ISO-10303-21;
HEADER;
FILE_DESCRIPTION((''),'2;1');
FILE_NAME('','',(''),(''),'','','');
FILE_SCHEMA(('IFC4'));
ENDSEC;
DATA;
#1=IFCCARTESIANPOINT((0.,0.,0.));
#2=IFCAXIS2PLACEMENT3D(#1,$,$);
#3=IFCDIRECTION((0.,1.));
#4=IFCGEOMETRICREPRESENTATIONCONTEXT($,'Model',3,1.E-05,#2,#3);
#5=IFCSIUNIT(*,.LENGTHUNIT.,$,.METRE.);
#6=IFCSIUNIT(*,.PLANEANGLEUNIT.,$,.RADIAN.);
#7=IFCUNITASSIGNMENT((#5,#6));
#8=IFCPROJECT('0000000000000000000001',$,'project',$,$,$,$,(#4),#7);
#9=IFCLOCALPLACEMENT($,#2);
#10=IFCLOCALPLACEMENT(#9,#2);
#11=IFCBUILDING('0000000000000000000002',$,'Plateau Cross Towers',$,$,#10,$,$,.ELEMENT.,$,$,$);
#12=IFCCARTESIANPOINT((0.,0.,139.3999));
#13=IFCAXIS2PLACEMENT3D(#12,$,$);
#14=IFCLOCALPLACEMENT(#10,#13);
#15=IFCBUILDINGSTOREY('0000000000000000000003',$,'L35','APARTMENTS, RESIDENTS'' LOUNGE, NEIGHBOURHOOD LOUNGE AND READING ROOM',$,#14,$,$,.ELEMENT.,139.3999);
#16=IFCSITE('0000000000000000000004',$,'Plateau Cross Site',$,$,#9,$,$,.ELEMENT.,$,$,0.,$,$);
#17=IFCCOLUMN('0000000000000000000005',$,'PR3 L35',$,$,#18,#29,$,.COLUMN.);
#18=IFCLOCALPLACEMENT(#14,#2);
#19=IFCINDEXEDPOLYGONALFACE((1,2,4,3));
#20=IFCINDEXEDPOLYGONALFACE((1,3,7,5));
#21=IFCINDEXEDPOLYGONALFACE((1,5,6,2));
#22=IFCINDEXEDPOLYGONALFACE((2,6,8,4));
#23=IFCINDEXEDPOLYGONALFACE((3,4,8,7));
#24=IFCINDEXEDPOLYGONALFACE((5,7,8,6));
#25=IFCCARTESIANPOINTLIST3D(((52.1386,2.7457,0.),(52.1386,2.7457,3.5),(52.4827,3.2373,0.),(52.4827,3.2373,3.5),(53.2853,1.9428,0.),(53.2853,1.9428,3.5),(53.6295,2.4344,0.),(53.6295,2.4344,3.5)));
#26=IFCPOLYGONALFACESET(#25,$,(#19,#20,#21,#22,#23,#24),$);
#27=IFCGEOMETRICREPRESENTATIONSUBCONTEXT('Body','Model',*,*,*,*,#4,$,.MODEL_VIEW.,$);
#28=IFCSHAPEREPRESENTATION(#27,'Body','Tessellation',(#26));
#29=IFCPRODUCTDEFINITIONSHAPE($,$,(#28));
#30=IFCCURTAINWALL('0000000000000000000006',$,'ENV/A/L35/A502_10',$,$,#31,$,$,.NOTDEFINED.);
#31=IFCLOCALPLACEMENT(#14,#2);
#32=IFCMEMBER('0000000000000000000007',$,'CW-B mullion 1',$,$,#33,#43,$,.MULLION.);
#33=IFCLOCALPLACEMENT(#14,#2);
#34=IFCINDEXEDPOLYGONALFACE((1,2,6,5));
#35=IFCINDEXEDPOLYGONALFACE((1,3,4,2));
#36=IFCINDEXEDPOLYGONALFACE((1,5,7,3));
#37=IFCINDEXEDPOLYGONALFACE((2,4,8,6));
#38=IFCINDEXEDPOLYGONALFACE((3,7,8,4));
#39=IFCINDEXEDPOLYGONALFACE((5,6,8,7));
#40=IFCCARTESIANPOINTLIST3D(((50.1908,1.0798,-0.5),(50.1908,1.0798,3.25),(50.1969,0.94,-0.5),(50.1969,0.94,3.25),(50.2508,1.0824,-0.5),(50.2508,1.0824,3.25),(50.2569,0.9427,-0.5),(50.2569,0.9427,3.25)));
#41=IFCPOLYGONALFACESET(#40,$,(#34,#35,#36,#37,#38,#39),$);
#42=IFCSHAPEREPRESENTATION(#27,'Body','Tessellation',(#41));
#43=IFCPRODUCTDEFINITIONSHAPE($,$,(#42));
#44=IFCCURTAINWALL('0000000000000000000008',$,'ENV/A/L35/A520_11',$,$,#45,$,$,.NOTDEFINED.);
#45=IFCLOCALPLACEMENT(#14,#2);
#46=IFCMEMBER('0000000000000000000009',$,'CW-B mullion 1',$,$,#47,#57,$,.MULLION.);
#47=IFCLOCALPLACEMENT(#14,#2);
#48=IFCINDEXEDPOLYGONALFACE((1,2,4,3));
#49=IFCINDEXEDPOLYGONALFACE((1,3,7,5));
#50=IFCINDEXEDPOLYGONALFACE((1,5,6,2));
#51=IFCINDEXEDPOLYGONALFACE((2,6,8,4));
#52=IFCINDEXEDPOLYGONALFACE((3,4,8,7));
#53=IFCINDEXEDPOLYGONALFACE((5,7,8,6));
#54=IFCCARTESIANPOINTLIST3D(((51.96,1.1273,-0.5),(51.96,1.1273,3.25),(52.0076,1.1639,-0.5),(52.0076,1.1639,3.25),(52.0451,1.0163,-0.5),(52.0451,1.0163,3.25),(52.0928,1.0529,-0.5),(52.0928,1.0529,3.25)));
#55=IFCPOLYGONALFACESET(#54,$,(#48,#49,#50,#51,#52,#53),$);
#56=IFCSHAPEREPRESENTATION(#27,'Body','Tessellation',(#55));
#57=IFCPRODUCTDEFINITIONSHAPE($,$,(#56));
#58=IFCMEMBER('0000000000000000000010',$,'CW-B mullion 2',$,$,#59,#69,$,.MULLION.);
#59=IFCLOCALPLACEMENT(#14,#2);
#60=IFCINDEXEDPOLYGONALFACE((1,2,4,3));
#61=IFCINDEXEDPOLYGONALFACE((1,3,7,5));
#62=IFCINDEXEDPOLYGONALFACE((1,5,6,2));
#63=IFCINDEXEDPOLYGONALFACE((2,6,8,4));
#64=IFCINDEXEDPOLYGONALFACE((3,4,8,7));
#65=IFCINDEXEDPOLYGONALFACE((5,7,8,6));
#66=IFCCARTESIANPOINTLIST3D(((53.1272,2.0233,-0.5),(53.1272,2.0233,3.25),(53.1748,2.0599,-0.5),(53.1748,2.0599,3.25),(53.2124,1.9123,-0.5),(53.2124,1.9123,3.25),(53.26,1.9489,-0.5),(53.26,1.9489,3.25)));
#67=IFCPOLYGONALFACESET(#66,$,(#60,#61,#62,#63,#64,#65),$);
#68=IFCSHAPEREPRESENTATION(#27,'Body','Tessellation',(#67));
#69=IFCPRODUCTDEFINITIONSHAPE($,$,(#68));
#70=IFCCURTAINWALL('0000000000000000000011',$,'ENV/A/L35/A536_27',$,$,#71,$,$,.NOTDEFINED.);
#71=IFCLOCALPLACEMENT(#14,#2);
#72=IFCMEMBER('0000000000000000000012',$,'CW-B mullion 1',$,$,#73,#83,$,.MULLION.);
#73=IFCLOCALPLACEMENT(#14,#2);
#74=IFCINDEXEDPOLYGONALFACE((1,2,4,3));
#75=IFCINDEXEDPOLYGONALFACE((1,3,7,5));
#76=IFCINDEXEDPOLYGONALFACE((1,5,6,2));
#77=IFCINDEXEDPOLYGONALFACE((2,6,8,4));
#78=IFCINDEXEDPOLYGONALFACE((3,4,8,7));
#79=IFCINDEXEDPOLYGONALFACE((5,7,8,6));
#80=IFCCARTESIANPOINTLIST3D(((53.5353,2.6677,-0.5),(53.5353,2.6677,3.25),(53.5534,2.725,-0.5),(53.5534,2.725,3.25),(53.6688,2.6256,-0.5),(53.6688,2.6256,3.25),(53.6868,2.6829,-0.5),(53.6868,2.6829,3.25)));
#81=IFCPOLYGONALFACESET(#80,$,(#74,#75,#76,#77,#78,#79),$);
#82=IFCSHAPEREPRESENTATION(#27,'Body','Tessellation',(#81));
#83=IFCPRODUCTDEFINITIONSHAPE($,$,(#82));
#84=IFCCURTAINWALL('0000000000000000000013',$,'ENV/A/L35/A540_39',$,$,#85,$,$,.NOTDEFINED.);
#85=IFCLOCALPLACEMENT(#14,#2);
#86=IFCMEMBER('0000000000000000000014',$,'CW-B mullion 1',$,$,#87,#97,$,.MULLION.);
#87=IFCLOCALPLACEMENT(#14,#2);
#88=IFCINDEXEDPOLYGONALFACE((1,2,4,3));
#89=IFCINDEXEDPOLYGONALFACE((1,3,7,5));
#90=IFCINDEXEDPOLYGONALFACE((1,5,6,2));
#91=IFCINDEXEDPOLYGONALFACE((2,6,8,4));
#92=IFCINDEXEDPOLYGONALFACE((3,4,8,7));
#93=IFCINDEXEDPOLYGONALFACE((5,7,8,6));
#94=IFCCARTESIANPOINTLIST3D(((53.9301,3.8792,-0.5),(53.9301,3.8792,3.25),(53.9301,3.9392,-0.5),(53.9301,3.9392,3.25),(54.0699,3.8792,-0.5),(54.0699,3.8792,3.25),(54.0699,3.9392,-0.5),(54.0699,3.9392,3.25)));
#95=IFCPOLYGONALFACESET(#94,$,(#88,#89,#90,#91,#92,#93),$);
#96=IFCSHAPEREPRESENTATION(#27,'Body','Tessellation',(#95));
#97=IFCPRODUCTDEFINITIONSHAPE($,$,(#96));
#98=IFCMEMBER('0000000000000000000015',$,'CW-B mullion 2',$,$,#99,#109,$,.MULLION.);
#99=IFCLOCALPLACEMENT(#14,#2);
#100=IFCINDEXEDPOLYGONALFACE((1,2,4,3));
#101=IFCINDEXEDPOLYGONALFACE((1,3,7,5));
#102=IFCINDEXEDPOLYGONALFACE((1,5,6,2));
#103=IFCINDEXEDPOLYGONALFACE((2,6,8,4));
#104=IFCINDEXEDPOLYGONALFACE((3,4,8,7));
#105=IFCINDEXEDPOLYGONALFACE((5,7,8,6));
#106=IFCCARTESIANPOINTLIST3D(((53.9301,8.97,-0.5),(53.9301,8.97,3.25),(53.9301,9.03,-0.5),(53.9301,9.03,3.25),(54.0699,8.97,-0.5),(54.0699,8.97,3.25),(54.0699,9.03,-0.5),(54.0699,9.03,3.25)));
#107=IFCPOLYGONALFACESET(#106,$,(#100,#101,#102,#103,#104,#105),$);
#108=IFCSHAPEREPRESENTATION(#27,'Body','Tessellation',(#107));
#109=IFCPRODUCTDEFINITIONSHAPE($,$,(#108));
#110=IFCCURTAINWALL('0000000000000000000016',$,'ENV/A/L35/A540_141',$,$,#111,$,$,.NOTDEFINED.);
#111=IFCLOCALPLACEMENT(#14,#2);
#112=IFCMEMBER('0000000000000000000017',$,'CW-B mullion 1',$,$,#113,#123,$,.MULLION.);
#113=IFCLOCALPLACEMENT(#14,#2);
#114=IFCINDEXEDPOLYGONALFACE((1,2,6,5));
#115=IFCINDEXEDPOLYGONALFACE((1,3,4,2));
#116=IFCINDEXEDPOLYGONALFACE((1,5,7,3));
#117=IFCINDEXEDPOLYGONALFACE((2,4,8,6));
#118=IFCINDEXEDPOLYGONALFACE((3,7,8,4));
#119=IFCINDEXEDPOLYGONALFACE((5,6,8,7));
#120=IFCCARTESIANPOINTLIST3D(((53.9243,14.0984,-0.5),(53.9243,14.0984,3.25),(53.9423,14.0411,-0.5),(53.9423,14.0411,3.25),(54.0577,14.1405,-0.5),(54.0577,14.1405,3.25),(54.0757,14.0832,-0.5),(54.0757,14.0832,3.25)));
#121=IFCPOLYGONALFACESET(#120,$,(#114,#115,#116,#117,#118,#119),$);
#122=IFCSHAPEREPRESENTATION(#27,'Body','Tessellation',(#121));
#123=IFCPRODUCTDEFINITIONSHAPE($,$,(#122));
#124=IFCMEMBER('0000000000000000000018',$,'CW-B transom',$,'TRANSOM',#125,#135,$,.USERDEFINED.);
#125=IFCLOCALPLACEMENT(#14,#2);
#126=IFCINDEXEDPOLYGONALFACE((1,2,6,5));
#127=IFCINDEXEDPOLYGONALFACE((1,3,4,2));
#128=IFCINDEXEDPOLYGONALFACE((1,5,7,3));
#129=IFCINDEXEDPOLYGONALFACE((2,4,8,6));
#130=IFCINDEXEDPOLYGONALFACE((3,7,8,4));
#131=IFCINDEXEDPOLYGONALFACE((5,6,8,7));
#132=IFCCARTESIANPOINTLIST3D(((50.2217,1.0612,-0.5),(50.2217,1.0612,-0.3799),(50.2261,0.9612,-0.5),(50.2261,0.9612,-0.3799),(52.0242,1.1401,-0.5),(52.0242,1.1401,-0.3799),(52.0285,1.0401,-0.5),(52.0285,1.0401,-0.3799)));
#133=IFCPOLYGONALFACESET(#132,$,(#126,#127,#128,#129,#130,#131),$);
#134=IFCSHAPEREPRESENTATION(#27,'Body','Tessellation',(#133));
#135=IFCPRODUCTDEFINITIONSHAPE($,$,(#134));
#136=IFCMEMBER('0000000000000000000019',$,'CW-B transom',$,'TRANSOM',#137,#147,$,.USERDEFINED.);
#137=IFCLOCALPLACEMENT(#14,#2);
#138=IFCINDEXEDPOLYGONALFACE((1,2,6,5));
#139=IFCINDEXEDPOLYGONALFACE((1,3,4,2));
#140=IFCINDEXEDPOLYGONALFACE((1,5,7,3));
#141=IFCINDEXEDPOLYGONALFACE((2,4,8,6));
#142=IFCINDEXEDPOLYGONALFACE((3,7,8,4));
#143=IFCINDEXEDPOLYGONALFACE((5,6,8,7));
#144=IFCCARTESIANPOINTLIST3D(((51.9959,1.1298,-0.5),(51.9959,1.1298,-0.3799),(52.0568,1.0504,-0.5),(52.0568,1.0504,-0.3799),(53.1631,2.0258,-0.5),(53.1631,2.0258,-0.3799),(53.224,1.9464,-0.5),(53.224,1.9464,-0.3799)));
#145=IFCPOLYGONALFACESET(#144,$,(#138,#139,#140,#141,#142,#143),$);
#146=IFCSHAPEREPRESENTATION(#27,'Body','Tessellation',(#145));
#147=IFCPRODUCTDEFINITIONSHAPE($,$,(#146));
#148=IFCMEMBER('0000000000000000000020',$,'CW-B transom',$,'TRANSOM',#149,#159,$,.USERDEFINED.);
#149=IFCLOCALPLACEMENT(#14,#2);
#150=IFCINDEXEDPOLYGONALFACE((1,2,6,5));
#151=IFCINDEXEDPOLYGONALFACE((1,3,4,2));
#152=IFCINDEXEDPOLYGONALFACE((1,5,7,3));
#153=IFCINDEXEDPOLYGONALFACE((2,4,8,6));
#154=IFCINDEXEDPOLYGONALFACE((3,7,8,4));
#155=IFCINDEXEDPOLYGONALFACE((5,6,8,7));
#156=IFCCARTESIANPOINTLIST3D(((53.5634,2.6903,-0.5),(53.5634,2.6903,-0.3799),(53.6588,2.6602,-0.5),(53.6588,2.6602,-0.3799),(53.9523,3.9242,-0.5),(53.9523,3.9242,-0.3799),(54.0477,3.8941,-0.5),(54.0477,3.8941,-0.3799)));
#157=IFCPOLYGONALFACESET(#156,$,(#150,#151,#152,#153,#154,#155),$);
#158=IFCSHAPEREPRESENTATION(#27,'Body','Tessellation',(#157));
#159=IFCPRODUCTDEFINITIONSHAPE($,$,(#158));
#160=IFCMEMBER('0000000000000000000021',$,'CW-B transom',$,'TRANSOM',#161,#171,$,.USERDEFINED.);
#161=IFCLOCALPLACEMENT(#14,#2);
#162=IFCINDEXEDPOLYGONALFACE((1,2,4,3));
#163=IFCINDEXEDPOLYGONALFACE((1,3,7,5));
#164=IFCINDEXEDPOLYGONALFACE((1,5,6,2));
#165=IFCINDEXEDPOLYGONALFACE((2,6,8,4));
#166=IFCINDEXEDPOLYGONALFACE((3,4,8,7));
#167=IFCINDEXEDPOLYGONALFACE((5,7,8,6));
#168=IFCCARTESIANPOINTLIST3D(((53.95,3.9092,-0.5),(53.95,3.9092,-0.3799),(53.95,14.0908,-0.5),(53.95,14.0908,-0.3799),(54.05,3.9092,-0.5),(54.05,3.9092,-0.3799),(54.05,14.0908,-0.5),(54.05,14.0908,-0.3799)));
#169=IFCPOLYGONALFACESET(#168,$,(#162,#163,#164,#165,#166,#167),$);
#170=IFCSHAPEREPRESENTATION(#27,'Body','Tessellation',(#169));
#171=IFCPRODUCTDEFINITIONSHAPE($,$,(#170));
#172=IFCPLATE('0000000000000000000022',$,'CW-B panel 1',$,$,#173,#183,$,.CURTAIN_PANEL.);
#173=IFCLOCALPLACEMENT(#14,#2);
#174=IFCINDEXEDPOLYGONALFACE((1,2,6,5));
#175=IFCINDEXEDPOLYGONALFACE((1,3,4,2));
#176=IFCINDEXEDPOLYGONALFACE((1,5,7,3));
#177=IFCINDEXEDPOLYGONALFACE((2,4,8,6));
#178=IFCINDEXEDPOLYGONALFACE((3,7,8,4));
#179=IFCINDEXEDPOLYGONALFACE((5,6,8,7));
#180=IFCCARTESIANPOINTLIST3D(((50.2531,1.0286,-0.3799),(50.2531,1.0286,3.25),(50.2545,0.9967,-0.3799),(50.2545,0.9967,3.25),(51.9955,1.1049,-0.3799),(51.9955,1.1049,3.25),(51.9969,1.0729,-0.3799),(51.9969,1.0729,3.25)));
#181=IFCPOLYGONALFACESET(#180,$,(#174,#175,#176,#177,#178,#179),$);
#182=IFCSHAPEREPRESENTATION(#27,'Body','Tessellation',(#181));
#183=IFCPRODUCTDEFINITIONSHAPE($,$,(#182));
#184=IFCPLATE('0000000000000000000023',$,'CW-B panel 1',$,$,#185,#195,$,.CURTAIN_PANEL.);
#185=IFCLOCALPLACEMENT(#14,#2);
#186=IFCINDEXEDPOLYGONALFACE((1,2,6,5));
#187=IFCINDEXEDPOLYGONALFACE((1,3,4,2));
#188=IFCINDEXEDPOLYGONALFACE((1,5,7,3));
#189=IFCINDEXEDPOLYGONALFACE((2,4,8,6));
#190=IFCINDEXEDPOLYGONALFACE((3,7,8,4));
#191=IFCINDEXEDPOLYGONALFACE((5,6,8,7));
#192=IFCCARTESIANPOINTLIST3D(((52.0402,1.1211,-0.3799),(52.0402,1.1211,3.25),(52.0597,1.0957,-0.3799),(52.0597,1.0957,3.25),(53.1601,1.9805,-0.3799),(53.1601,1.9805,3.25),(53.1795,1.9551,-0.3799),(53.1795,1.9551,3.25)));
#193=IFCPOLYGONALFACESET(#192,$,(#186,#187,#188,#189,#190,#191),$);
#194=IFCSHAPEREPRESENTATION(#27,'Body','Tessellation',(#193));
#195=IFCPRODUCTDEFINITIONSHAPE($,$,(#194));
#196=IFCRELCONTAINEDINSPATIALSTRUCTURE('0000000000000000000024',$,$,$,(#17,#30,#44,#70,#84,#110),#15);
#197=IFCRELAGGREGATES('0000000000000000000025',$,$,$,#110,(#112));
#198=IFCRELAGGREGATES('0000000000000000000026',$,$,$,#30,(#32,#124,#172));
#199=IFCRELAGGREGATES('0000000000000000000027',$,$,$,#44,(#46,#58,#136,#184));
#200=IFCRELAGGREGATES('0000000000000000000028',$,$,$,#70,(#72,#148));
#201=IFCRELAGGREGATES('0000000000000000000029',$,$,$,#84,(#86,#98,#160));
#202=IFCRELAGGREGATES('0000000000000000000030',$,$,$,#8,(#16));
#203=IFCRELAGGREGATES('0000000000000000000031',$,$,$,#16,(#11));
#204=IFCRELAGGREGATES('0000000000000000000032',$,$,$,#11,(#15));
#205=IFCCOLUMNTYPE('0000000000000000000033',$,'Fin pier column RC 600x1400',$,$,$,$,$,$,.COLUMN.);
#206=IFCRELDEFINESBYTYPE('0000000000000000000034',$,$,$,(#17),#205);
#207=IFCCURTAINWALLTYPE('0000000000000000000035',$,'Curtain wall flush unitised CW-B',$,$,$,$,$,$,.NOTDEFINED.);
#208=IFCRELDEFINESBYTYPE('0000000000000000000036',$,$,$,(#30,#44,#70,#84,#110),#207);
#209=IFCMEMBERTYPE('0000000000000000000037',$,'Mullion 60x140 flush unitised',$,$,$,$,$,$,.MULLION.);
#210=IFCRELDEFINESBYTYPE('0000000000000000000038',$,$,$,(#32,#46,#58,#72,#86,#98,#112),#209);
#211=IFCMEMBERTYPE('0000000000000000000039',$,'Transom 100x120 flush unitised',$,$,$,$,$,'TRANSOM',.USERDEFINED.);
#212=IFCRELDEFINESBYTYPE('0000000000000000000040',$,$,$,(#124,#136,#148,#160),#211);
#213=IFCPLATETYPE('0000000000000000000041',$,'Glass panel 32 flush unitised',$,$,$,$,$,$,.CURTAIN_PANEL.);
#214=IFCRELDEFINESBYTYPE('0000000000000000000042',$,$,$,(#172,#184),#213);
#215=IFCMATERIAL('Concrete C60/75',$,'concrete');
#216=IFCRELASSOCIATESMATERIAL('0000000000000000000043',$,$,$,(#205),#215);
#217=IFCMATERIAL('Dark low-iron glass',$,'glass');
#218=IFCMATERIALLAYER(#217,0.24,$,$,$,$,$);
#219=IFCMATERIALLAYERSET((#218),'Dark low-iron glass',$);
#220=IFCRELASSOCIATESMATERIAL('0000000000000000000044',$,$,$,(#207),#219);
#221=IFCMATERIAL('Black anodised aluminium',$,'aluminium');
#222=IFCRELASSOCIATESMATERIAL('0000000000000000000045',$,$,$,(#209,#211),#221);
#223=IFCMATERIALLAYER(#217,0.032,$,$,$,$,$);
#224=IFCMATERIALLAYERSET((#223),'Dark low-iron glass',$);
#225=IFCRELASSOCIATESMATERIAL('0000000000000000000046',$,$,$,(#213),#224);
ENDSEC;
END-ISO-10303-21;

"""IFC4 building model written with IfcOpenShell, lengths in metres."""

from ifc_helpers import new_model, si_unit, direction, frame, origin, origin_2d, place, context, subcontext, project, spatial, rectangle, extrude, material, layer, layer_set, material_profile, profile_set, type_object, element, aggregate, save


model = new_model("IFC4")

# Units and contexts
model_context = context("Model", 3, precision=1e-05, world=origin(), true_north=direction((0.0, 1.0)))
body_context = subcontext(model_context, "Body", "Model", "MODEL_VIEW")
ifc_project = project(units=[si_unit("LENGTHUNIT", "METRE"), si_unit("PLANEANGLEUNIT", "RADIAN")], contexts=[model_context])

# Site, building, storey
site_placement = place(None, origin())
site = spatial("IfcSite", under=ifc_project, at=site_placement, Name="Plateau Cross Site", CompositionType="ELEMENT", RefElevation=0.0)
building_placement = place(site_placement, origin())
building = spatial("IfcBuilding", under=site, at=building_placement, Name="Plateau Cross Towers", CompositionType="ELEMENT")
storey_placement = place(building_placement, frame((0.0, 0.0, 139.3999)))
storey = spatial("IfcBuildingStorey", under=building, at=storey_placement, Name="L35", Description="APARTMENTS, RESIDENTS' LOUNGE, NEIGHBOURHOOD LOUNGE AND READING ROOM", CompositionType="ELEMENT", Elevation=139.3999)

# Column
ifc_material_1 = material(Name="Concrete C60/75", Category="concrete")
ifc_material_profile_1 = material_profile(ifc_material_1, rectangle(XDim=0.6001, YDim=1.3999, at=origin_2d()), Name="RC 600x1400")
ifc_profile_set_1 = profile_set([ifc_material_profile_1], Name="Concrete C60/75")
column_type = type_object("IfcColumnType", Name="Fin pier column RC 600x1400", PredefinedType="COLUMN", material=ifc_profile_set_1)
column_placement = place(storey_placement, frame((52.884, 2.5901, 0.0), z_axis=(0.0, 0.0, 1.0), x_axis=(0.573543, 0.819176, 0.0)))
element("IfcColumn", 1, at=column_placement, inside=storey, type_object=column_type, Name="PR3 L35", PredefinedType="COLUMN", context=body_context, shape_type="SweptSolid", body=[
    extrude(rectangle(XDim=0.6001, YDim=1.3999, at=origin_2d()), origin(), (0.0, 0.0, 1.0), 3.5),
])

# Curtain wall, member
ifc_material_2 = material(Name="Dark low-iron glass", Category="glass")
ifc_layer_1 = layer(ifc_material_2, 0.24)
ifc_layer_set_1 = layer_set([ifc_layer_1], Name="Dark low-iron glass")
curtain_wall_type_1 = type_object("IfcCurtainWallType", Name="Curtain wall flush unitised CW-B", PredefinedType="NOTDEFINED", material=ifc_layer_set_1)
curtain_wall_1_placement = place(storey_placement, origin())
curtain_wall_1 = element("IfcCurtainWall", 2, at=curtain_wall_1_placement, inside=storey, type_object=curtain_wall_type_1, Name="ENV/A/L35/A502_10", PredefinedType="NOTDEFINED")
ifc_material_3 = material(Name="Black anodised aluminium", Category="aluminium")
ifc_material_profile_2 = material_profile(ifc_material_3, rectangle(XDim=0.0601, YDim=0.1399, at=origin_2d()), Name="MULLION 60x140")
ifc_profile_set_2 = profile_set([ifc_material_profile_2], Name="Black anodised aluminium")
member_type_1 = type_object("IfcMemberType", Name="Mullion 60x140 flush unitised", PredefinedType="MULLION", material=ifc_profile_set_2)
member_1_placement = place(storey_placement, frame((50.2239, 1.0112, -0.5), z_axis=(0.0, 0.0, 1.0), x_axis=(0.999044, 0.043723, 0.0)))
member_1 = element("IfcMember", 3, at=member_1_placement, type_object=member_type_1, Name="CW-B mullion 1", PredefinedType="MULLION", context=body_context, shape_type="SweptSolid", body=[
    extrude(rectangle(XDim=0.0601, YDim=0.1399, at=origin_2d()), origin(), (0.0, 0.0, 1.0), 3.75),
])

# Curtain wall, members
curtain_wall_2_placement = place(storey_placement, origin())
curtain_wall_2 = element("IfcCurtainWall", 4, at=curtain_wall_2_placement, inside=storey, type_object=curtain_wall_type_1, Name="ENV/A/L35/A520_11", PredefinedType="NOTDEFINED")
member_2_placement = place(storey_placement, frame((52.0264, 1.0901, -0.5), z_axis=(0.0, 0.0, 1.0), x_axis=(0.793316, 0.608811, 0.0)))
member_2 = element("IfcMember", 5, at=member_2_placement, type_object=member_type_1, Name="CW-B mullion 1", PredefinedType="MULLION", context=body_context, shape_type="SweptSolid", body=[
    extrude(rectangle(XDim=0.0601, YDim=0.1399, at=origin_2d()), origin(), (0.0, 0.0, 1.0), 3.75),
])
member_3_placement = place(storey_placement, frame((53.1936, 1.9861, -0.5), z_axis=(0.0, 0.0, 1.0), x_axis=(0.793316, 0.608811, 0.0)))
member_3 = element("IfcMember", 6, at=member_3_placement, type_object=member_type_1, Name="CW-B mullion 2", PredefinedType="MULLION", context=body_context, shape_type="SweptSolid", body=[
    extrude(rectangle(XDim=0.0601, YDim=0.1399, at=origin_2d()), origin(), (0.0, 0.0, 1.0), 3.75),
])

# Curtain wall, member
curtain_wall_3_placement = place(storey_placement, origin())
curtain_wall_3 = element("IfcCurtainWall", 7, at=curtain_wall_3_placement, inside=storey, type_object=curtain_wall_type_1, Name="ENV/A/L35/A536_27", PredefinedType="NOTDEFINED")
member_4_placement = place(storey_placement, frame((53.6111, 2.6753, -0.5), z_axis=(0.0, 0.0, 1.0), x_axis=(0.300686, 0.953723, 0.0)))
member_4 = element("IfcMember", 8, at=member_4_placement, type_object=member_type_1, Name="CW-B mullion 1", PredefinedType="MULLION", context=body_context, shape_type="SweptSolid", body=[
    extrude(rectangle(XDim=0.0601, YDim=0.1399, at=origin_2d()), origin(), (0.0, 0.0, 1.0), 3.75),
])

# Curtain wall, members
curtain_wall_4_placement = place(storey_placement, origin())
curtain_wall_4 = element("IfcCurtainWall", 9, at=curtain_wall_4_placement, inside=storey, type_object=curtain_wall_type_1, Name="ENV/A/L35/A540_39", PredefinedType="NOTDEFINED")
member_5_placement = place(storey_placement, frame((54.0, 3.9092, -0.5), z_axis=(0.0, 0.0, 1.0), x_axis=(0.0, 1.0, 0.0)))
member_5 = element("IfcMember", 10, at=member_5_placement, type_object=member_type_1, Name="CW-B mullion 1", PredefinedType="MULLION", context=body_context, shape_type="SweptSolid", body=[
    extrude(rectangle(XDim=0.0601, YDim=0.1399, at=origin_2d()), origin(), (0.0, 0.0, 1.0), 3.75),
])
member_6_placement = place(storey_placement, frame((54.0, 9.0, -0.5), z_axis=(0.0, 0.0, 1.0), x_axis=(0.0, 1.0, 0.0)))
member_6 = element("IfcMember", 11, at=member_6_placement, type_object=member_type_1, Name="CW-B mullion 2", PredefinedType="MULLION", context=body_context, shape_type="SweptSolid", body=[
    extrude(rectangle(XDim=0.0601, YDim=0.1399, at=origin_2d()), origin(), (0.0, 0.0, 1.0), 3.75),
])

# Curtain wall, member
curtain_wall_5_placement = place(storey_placement, origin())
curtain_wall_5 = element("IfcCurtainWall", 12, at=curtain_wall_5_placement, inside=storey, type_object=curtain_wall_type_1, Name="ENV/A/L35/A540_141", PredefinedType="NOTDEFINED")
member_7_placement = place(storey_placement, frame((54.0, 14.0908, -0.5), z_axis=(0.0, 0.0, 1.0), x_axis=(-0.300686, 0.953723, 0.0)))
member_7 = element("IfcMember", 13, at=member_7_placement, type_object=member_type_1, Name="CW-B mullion 1", PredefinedType="MULLION", context=body_context, shape_type="SweptSolid", body=[
    extrude(rectangle(XDim=0.0601, YDim=0.1399, at=origin_2d()), origin(), (0.0, 0.0, 1.0), 3.75),
])
aggregate(curtain_wall_5, [member_7])

# Members
ifc_material_profile_3 = material_profile(ifc_material_3, rectangle(XDim=0.1001, YDim=0.1201, at=origin_2d()), Name="TRANSOM 100x120")
ifc_profile_set_3 = profile_set([ifc_material_profile_3], Name="Black anodised aluminium")
member_type_2 = type_object("IfcMemberType", Name="Transom 100x120 flush unitised", ElementType="TRANSOM", PredefinedType="USERDEFINED", material=ifc_profile_set_3)
member_8_placement = place(storey_placement, frame((50.2239, 1.0112, -0.4399), z_axis=(0.999044, 0.043707, 0.0), x_axis=(-0.043707, 0.999044, 0.0)))
member_8 = element("IfcMember", 14, at=member_8_placement, type_object=member_type_2, Name="CW-B transom", ObjectType="TRANSOM", PredefinedType="USERDEFINED", context=body_context, shape_type="SweptSolid", body=[
    extrude(rectangle(XDim=0.1001, YDim=0.1201, at=origin_2d()), origin(), (0.0, 0.0, 1.0), 1.8042),
])
member_9_placement = place(storey_placement, frame((52.0264, 1.0901, -0.4399), z_axis=(0.79324, 0.608909, 0.0), x_axis=(-0.608909, 0.79324, 0.0)))
member_9 = element("IfcMember", 15, at=member_9_placement, type_object=member_type_2, Name="CW-B transom", ObjectType="TRANSOM", PredefinedType="USERDEFINED", context=body_context, shape_type="SweptSolid", body=[
    extrude(rectangle(XDim=0.1001, YDim=0.1201, at=origin_2d()), origin(), (0.0, 0.0, 1.0), 1.4714),
])
member_10_placement = place(storey_placement, frame((53.6111, 2.6753, -0.4399), z_axis=(0.300617, 0.953745, 0.0), x_axis=(-0.953745, 0.300617, 0.0)))
member_10 = element("IfcMember", 16, at=member_10_placement, type_object=member_type_2, Name="CW-B transom", ObjectType="TRANSOM", PredefinedType="USERDEFINED", context=body_context, shape_type="SweptSolid", body=[
    extrude(rectangle(XDim=0.1001, YDim=0.1201, at=origin_2d()), origin(), (0.0, 0.0, 1.0), 1.2937),
])
member_11_placement = place(storey_placement, frame((54.0, 3.9092, -0.4399), z_axis=(0.0, 1.0, 0.0), x_axis=(-1.0, 0.0, 0.0)))
member_11 = element("IfcMember", 17, at=member_11_placement, type_object=member_type_2, Name="CW-B transom", ObjectType="TRANSOM", PredefinedType="USERDEFINED", context=body_context, shape_type="SweptSolid", body=[
    extrude(rectangle(XDim=0.1001, YDim=0.1201, at=origin_2d()), origin(), (0.0, 0.0, 1.0), 10.1816),
])

# Plates
ifc_layer_2 = layer(ifc_material_2, 0.032)
ifc_layer_set_2 = layer_set([ifc_layer_2], Name="Dark low-iron glass")
plate_type_1 = type_object("IfcPlateType", Name="Glass panel 32 flush unitised", PredefinedType="CURTAIN_PANEL", material=ifc_layer_set_2)
plate_1_placement = place(storey_placement, frame((51.125, 1.0508, -0.3799), z_axis=(0.0, 0.0, 1.0), x_axis=(0.999044, 0.043723, 0.0)))
plate_1 = element("IfcPlate", 18, at=plate_1_placement, type_object=plate_type_1, Name="CW-B panel 1", PredefinedType="CURTAIN_PANEL", context=body_context, shape_type="SweptSolid", body=[
    extrude(rectangle(XDim=1.7441, YDim=0.032, at=origin_2d()), origin(), (0.0, 0.0, 1.0), 3.6299),
])
aggregate(curtain_wall_1, [member_1, member_8, plate_1])
plate_2_placement = place(storey_placement, frame((52.6099, 1.5381, -0.3799), z_axis=(0.0, 0.0, 1.0), x_axis=(0.793316, 0.608811, 0.0)))
plate_2 = element("IfcPlate", 19, at=plate_2_placement, type_object=plate_type_1, Name="CW-B panel 1", PredefinedType="CURTAIN_PANEL", context=body_context, shape_type="SweptSolid", body=[
    extrude(rectangle(XDim=1.4116, YDim=0.032, at=origin_2d()), origin(), (0.0, 0.0, 1.0), 3.6299),
])
aggregate(curtain_wall_2, [member_2, member_3, member_9, plate_2])
aggregate(curtain_wall_3, [member_4, member_10])
aggregate(curtain_wall_4, [member_5, member_6, member_11])

save(model, "model.ifc")
